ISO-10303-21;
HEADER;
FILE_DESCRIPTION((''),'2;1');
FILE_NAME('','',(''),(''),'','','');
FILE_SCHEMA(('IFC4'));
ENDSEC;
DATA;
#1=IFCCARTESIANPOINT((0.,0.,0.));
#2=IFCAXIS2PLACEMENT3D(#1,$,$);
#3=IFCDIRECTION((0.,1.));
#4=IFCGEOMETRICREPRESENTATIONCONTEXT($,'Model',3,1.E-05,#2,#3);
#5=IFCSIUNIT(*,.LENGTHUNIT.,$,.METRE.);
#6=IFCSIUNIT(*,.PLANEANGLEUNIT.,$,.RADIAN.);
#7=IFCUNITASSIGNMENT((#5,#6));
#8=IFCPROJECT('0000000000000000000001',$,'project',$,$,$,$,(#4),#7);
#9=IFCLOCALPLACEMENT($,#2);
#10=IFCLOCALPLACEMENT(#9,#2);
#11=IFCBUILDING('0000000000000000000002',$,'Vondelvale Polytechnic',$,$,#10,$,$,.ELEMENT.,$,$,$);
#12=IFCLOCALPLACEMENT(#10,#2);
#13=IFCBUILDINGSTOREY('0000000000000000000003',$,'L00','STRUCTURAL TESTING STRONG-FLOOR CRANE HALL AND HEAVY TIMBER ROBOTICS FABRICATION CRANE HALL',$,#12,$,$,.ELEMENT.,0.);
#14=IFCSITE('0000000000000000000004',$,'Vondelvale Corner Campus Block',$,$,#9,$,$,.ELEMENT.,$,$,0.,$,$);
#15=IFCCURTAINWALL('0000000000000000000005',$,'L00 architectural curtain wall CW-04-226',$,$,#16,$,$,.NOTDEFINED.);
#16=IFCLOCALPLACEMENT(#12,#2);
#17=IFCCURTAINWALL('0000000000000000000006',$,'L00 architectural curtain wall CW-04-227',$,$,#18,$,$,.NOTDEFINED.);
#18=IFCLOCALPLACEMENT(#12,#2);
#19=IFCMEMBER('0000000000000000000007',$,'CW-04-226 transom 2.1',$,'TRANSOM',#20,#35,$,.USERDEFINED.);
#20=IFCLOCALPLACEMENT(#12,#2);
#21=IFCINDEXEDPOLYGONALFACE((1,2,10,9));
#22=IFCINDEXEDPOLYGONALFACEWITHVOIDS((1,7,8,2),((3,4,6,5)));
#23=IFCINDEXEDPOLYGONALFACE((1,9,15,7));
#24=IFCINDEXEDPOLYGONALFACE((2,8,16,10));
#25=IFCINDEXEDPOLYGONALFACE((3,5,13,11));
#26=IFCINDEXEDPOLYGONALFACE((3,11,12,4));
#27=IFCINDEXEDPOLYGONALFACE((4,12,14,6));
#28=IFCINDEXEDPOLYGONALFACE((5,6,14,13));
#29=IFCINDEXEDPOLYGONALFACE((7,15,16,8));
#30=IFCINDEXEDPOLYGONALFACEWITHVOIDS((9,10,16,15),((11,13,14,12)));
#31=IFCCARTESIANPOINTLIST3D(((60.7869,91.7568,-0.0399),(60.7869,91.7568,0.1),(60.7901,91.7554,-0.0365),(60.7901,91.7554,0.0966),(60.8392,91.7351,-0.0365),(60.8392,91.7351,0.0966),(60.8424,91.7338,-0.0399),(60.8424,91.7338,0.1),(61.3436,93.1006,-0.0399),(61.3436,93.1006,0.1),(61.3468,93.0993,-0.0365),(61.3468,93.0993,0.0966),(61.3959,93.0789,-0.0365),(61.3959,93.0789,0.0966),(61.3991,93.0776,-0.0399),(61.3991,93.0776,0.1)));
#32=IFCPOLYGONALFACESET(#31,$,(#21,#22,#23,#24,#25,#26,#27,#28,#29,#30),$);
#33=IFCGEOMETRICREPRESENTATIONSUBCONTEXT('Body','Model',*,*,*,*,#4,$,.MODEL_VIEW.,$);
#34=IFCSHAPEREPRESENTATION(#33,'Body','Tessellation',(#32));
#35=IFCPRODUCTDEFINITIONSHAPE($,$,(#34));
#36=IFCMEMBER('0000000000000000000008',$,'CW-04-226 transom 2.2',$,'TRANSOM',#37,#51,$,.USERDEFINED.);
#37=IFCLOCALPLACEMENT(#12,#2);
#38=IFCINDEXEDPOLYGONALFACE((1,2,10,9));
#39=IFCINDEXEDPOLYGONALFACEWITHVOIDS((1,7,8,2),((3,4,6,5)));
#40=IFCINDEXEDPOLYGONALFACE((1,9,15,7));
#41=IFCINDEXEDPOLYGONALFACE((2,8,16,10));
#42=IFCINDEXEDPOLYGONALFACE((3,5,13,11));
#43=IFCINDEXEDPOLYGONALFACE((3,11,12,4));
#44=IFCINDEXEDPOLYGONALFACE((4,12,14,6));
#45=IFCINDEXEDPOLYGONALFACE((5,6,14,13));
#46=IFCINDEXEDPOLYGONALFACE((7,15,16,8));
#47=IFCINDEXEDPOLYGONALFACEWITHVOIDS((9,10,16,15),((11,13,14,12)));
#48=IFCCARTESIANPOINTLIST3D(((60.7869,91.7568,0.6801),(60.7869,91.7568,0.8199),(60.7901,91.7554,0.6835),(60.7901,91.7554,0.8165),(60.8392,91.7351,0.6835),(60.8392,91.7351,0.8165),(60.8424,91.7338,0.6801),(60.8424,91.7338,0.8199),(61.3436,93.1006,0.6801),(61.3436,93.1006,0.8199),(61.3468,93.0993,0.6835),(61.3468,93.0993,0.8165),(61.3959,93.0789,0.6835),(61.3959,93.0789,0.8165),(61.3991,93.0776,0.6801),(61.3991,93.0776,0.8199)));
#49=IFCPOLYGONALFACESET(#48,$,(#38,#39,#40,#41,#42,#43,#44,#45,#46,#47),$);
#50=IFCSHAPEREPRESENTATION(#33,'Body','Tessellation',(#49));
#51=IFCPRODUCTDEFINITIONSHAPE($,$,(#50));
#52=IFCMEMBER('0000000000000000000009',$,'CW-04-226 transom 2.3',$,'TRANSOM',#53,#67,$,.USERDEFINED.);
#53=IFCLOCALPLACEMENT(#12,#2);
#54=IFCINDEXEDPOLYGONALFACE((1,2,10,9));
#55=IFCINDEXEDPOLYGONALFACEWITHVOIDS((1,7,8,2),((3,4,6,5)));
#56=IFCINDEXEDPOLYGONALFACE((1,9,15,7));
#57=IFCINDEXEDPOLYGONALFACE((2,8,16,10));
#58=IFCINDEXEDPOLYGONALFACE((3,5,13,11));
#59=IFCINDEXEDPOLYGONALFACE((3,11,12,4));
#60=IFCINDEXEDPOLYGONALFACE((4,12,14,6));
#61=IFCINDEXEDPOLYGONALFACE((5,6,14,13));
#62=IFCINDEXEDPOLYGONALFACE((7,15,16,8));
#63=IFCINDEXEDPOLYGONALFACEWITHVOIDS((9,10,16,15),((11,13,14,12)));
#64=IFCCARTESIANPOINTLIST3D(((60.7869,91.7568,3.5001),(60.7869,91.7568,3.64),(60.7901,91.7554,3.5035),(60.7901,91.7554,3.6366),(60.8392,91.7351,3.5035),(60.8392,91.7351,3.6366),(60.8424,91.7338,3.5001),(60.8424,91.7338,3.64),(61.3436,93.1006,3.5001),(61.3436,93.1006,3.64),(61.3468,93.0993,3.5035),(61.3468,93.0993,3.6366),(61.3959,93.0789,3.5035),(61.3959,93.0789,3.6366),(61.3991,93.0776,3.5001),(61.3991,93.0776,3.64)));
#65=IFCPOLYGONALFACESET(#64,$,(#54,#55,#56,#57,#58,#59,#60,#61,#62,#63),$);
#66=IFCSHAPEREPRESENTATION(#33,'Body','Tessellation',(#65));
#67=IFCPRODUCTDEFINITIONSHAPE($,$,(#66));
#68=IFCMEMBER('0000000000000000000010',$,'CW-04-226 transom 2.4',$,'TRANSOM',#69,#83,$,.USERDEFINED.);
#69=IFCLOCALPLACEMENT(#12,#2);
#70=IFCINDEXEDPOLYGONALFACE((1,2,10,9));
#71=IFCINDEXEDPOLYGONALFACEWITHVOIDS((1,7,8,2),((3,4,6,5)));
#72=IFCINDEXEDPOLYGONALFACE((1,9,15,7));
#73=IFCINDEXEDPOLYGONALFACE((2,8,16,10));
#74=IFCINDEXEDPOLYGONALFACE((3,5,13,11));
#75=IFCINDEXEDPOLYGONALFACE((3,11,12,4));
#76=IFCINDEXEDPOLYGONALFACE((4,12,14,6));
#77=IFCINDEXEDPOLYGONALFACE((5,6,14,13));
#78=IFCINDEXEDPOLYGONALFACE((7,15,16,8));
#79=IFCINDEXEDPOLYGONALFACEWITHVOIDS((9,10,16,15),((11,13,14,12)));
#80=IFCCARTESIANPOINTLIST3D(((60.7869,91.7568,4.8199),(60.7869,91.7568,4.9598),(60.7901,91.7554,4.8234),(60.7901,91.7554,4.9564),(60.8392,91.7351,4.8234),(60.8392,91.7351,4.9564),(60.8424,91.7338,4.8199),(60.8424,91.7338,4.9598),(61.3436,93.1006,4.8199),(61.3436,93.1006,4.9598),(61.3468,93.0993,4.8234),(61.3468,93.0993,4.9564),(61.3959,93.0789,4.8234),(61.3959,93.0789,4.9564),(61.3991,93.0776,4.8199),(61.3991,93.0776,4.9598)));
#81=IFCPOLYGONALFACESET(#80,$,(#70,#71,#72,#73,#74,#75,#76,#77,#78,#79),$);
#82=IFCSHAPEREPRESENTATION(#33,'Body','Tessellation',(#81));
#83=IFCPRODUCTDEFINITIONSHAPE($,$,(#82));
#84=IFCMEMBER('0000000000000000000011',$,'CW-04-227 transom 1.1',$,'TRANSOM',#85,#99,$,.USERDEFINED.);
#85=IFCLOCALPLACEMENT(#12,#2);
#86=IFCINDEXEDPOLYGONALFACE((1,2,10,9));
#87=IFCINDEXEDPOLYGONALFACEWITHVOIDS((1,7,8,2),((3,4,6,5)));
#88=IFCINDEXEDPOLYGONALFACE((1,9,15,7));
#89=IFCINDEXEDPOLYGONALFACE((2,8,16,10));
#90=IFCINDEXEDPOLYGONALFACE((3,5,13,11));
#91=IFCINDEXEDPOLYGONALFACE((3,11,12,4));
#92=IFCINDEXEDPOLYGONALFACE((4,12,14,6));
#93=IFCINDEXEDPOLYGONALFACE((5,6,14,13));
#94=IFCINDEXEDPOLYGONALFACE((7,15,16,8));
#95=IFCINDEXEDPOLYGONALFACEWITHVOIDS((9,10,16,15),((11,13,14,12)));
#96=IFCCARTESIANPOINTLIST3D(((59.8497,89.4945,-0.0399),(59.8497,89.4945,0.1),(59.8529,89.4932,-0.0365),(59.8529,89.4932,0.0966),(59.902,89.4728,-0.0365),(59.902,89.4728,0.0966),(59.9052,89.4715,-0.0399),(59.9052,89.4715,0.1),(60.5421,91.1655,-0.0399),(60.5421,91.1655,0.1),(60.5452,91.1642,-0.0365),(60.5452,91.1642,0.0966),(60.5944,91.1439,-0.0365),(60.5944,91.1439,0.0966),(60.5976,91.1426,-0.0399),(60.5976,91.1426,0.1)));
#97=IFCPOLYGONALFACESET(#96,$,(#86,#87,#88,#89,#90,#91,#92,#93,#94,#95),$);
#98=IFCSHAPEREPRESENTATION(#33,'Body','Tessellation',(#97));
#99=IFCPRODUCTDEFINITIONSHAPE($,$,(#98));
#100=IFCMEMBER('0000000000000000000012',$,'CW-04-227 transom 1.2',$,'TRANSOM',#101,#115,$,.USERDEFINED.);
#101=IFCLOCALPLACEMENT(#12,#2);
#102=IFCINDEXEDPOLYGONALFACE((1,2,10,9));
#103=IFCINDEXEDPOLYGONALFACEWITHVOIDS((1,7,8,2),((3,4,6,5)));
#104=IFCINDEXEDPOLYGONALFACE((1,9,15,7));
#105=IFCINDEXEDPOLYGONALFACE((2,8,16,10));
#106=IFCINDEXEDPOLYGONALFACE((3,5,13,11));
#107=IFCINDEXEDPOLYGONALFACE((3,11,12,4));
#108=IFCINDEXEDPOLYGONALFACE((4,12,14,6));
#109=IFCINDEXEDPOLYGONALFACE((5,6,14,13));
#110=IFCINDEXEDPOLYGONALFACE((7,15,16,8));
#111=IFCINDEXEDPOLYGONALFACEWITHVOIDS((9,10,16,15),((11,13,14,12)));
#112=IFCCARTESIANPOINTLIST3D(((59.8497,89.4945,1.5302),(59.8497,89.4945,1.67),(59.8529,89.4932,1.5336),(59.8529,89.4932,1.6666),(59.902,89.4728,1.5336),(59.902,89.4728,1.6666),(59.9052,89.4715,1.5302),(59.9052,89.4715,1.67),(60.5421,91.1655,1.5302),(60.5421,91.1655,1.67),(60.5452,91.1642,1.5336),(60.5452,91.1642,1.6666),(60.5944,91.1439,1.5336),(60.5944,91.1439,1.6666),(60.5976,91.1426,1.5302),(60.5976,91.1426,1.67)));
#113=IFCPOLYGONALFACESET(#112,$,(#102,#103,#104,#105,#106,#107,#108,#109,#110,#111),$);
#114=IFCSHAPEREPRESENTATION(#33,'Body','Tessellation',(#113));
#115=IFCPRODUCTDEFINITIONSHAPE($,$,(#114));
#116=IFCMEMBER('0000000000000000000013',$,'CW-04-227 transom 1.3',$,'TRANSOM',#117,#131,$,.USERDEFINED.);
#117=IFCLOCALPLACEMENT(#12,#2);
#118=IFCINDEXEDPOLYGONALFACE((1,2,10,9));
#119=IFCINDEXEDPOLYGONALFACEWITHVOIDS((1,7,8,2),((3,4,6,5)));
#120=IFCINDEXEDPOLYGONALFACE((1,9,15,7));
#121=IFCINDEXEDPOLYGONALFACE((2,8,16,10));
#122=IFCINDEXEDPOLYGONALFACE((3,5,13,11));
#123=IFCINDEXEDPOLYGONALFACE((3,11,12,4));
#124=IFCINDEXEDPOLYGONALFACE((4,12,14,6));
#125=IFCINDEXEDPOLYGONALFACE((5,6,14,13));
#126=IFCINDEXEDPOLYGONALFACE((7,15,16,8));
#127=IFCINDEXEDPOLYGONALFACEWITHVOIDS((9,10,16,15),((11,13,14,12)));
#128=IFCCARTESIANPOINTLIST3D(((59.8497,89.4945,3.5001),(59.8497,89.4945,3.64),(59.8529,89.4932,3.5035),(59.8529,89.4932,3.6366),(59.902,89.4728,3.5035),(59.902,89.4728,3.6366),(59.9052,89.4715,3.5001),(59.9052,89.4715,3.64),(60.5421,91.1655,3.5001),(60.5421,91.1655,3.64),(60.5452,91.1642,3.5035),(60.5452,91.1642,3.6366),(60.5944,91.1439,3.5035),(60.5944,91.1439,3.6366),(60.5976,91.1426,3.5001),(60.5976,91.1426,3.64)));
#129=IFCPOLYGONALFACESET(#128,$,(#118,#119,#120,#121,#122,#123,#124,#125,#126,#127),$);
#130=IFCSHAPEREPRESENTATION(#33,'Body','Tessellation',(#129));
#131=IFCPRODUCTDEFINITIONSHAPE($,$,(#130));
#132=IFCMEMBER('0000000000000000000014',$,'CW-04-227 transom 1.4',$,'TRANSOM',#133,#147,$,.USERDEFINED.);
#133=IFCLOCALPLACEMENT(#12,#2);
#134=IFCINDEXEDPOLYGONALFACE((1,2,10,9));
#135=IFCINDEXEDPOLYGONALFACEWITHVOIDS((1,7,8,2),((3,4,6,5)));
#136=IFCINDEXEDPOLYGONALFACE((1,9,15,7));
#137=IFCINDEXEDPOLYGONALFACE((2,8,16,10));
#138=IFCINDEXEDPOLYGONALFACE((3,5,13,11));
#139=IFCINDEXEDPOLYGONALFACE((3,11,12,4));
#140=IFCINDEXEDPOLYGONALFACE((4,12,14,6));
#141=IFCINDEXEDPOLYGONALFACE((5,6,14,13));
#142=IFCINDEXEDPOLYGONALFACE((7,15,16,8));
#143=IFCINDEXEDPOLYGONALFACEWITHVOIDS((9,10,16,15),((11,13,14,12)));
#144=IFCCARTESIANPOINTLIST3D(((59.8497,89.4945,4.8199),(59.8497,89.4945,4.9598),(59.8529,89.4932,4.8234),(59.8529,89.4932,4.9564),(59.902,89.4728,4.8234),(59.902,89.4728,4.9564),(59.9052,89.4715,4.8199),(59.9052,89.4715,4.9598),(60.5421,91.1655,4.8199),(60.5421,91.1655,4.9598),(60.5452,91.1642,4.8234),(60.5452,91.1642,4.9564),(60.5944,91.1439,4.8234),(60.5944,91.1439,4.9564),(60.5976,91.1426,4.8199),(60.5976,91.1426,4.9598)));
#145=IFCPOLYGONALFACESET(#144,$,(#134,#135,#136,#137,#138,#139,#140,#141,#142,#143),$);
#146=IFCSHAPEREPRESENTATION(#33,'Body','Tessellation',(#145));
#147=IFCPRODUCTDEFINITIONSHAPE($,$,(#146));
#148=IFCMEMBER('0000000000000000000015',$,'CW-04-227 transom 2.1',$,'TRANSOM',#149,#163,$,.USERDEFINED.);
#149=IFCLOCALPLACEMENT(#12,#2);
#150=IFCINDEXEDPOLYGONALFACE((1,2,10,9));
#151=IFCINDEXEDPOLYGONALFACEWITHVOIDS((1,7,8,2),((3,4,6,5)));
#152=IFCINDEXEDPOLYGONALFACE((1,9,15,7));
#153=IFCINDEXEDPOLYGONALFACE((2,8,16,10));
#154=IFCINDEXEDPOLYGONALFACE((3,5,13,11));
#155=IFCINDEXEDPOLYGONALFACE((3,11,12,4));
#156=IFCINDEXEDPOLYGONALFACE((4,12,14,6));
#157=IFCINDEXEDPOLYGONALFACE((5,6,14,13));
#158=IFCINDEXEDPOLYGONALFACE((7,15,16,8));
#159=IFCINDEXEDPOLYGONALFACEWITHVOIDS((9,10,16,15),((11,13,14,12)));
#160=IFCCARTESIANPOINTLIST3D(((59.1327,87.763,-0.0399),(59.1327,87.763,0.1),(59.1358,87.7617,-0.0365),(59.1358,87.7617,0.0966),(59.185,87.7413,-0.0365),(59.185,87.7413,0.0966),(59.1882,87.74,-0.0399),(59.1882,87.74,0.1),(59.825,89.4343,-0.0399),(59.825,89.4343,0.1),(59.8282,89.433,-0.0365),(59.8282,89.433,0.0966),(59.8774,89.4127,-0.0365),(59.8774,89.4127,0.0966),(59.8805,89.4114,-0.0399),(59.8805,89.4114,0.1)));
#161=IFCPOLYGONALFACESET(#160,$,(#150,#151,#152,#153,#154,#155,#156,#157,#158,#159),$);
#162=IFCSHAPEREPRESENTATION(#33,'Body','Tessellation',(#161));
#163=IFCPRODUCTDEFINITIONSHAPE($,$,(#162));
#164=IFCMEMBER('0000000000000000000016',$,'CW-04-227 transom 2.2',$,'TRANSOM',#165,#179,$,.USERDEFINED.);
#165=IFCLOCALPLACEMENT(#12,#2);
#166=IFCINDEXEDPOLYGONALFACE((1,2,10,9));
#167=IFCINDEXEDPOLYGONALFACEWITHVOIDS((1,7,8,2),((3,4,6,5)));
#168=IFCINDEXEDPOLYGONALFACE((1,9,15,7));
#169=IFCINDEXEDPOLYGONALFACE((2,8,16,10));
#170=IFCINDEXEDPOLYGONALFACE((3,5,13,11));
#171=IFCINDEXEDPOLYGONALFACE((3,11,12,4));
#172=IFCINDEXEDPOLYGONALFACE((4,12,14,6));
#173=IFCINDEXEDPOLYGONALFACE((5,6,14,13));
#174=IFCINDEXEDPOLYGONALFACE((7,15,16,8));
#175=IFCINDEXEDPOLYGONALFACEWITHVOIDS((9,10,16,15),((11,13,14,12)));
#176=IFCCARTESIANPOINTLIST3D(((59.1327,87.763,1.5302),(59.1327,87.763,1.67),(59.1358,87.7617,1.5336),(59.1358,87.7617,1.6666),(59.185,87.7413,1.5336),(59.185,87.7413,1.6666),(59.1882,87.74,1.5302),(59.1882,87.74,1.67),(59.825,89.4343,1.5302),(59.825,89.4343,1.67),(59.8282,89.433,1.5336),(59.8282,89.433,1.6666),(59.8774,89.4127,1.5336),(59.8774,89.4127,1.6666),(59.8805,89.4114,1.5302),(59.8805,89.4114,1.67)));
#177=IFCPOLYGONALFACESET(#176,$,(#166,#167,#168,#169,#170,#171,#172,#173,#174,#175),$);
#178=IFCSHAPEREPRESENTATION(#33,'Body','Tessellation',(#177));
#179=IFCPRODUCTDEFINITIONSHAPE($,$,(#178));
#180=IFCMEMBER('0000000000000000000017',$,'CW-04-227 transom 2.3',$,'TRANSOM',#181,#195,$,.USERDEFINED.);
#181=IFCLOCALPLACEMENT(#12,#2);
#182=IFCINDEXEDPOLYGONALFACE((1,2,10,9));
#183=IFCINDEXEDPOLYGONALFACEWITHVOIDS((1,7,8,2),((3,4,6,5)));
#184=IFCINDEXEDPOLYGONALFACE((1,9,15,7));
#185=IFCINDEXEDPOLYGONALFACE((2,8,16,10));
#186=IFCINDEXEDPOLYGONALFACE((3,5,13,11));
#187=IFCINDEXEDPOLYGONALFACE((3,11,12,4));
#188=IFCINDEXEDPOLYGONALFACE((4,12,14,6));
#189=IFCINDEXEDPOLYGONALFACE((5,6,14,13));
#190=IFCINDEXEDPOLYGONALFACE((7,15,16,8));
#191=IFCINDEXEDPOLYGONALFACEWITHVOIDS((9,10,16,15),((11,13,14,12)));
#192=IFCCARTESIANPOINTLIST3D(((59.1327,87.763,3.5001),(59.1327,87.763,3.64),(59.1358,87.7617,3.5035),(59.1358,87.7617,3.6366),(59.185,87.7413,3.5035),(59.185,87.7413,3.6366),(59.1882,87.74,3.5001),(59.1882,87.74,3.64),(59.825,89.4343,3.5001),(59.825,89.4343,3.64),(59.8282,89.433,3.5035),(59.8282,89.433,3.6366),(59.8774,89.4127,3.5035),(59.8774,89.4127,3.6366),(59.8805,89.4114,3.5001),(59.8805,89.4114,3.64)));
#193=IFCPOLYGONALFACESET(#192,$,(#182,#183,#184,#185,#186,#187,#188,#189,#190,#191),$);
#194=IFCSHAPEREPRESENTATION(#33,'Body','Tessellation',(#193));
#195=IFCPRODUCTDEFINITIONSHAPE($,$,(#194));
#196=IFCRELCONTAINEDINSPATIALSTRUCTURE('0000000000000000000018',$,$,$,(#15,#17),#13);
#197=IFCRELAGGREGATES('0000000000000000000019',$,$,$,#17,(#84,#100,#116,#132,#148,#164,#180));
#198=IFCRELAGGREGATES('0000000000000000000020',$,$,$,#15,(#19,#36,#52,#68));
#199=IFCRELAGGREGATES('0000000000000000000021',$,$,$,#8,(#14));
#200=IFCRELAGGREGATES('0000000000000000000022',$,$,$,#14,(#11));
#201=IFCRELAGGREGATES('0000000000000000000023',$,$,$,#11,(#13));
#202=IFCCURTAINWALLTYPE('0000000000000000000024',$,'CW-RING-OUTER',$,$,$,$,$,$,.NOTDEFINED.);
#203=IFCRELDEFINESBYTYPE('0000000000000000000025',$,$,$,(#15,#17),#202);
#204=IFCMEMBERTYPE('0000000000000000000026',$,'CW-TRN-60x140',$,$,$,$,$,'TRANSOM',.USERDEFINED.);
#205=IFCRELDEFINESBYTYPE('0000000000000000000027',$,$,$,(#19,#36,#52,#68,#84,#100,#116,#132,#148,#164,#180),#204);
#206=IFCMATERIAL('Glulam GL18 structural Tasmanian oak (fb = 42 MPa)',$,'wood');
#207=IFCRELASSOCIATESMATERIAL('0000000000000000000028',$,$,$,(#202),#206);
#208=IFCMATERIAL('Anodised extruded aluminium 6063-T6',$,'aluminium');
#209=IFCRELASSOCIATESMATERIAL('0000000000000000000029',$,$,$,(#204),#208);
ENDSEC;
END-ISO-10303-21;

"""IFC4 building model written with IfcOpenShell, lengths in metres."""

from ifc_helpers import new_model, si_unit, direction, frame, origin, origin_2d, place, context, subcontext, project, spatial, hollow_rectangle, extrude, material, material_profile, profile_set, type_object, element, aggregate, save


model = new_model("IFC4")

# Units and contexts
model_context = context("Model", 3, precision=1e-05, world=origin(), true_north=direction((0.0, 1.0)))
body_context = subcontext(model_context, "Body", "Model", "MODEL_VIEW")
ifc_project = project(units=[si_unit("LENGTHUNIT", "METRE"), si_unit("PLANEANGLEUNIT", "RADIAN")], contexts=[model_context])

# Site, building, storey
site_placement = place(None, origin())
site = spatial("IfcSite", under=ifc_project, at=site_placement, Name="Vondelvale Corner Campus Block", CompositionType="ELEMENT", RefElevation=0.0)
building_placement = place(site_placement, origin())
building = spatial("IfcBuilding", under=site, at=building_placement, Name="Vondelvale Polytechnic", CompositionType="ELEMENT")
storey_placement = place(building_placement, origin())
storey = spatial("IfcBuildingStorey", under=building, at=storey_placement, Name="L00", Description="STRUCTURAL TESTING STRONG-FLOOR CRANE HALL AND HEAVY TIMBER ROBOTICS FABRICATION CRANE HALL", CompositionType="ELEMENT", Elevation=0.0)

# Shared definitions
ifc_material_1 = material(Name="Glulam GL18 structural Tasmanian oak (fb = 42 MPa)", Category="wood")

# Curtain walls
curtain_wall_type = type_object("IfcCurtainWallType", Name="CW-RING-OUTER", PredefinedType="NOTDEFINED", material=ifc_material_1)
curtain_wall_1_placement = place(storey_placement, origin())
curtain_wall_1 = element("IfcCurtainWall", 1, at=curtain_wall_1_placement, inside=storey, type_object=curtain_wall_type, Name="L00 architectural curtain wall CW-04-226", PredefinedType="NOTDEFINED")
ifc_material_2 = material(Name="Anodised extruded aluminium 6063-T6", Category="aluminium")
curtain_wall_2_placement = place(storey_placement, origin())
curtain_wall_2 = element("IfcCurtainWall", 2, at=curtain_wall_2_placement, inside=storey, type_object=curtain_wall_type, Name="L00 architectural curtain wall CW-04-227", PredefinedType="NOTDEFINED")

# Members
ifc_material_profile_1 = material_profile(ifc_material_2, hollow_rectangle(XDim=0.0601, YDim=0.1399, WallThickness=0.0034, at=origin_2d()), Name="CW-TRN-140x60")
ifc_profile_set_1 = profile_set([ifc_material_profile_1], Name="Anodised extruded aluminium 6063-T6")
member_type_1 = type_object("IfcMemberType", Name="CW-TRN-60x140", ElementType="TRANSOM", PredefinedType="USERDEFINED", material=ifc_profile_set_1)
member_1_placement = place(storey_placement, frame((61.3713, 93.0891, 0.03), z_axis=(-0.382708, -0.92387, 0.0), x_axis=(0.92387, -0.382708, 0.0)))
member_1 = element("IfcMember", 3, at=member_1_placement, type_object=member_type_1, Name="CW-04-226 transom 2.1", ObjectType="TRANSOM", PredefinedType="USERDEFINED", context=body_context, shape_type="SweptSolid", body=[
    extrude(hollow_rectangle(XDim=0.0601, YDim=0.1399, WallThickness=0.0034, at=origin_2d()), origin(), (0.0, 0.0, 1.0), 1.4546),
])
member_2_placement = place(storey_placement, frame((61.3713, 93.0891, 0.75), z_axis=(-0.382708, -0.92387, 0.0), x_axis=(0.92387, -0.382708, 0.0)))
member_2 = element("IfcMember", 4, at=member_2_placement, type_object=member_type_1, Name="CW-04-226 transom 2.2", ObjectType="TRANSOM", PredefinedType="USERDEFINED", context=body_context, shape_type="SweptSolid", body=[
    extrude(hollow_rectangle(XDim=0.0601, YDim=0.1399, WallThickness=0.0034, at=origin_2d()), origin(), (0.0, 0.0, 1.0), 1.4546),
])
member_3_placement = place(storey_placement, frame((61.3713, 93.0891, 3.5701), z_axis=(-0.382708, -0.92387, 0.0), x_axis=(0.92387, -0.382708, 0.0)))
member_3 = element("IfcMember", 5, at=member_3_placement, type_object=member_type_1, Name="CW-04-226 transom 2.3", ObjectType="TRANSOM", PredefinedType="USERDEFINED", context=body_context, shape_type="SweptSolid", body=[
    extrude(hollow_rectangle(XDim=0.0601, YDim=0.1399, WallThickness=0.0034, at=origin_2d()), origin(), (0.0, 0.0, 1.0), 1.4546),
])
member_4_placement = place(storey_placement, frame((61.3713, 93.0891, 4.8899), z_axis=(-0.382708, -0.92387, 0.0), x_axis=(0.92387, -0.382708, 0.0)))
member_4 = element("IfcMember", 6, at=member_4_placement, type_object=member_type_1, Name="CW-04-226 transom 2.4", ObjectType="TRANSOM", PredefinedType="USERDEFINED", context=body_context, shape_type="SweptSolid", body=[
    extrude(hollow_rectangle(XDim=0.0601, YDim=0.1399, WallThickness=0.0034, at=origin_2d()), origin(), (0.0, 0.0, 1.0), 1.4546),
])
member_5_placement = place(storey_placement, frame((60.5698, 91.1541, 0.03), z_axis=(-0.382765, -0.923846, 0.0), x_axis=(0.923846, -0.382765, 0.0)))
member_5 = element("IfcMember", 7, at=member_5_placement, type_object=member_type_1, Name="CW-04-227 transom 1.1", ObjectType="TRANSOM", PredefinedType="USERDEFINED", context=body_context, shape_type="SweptSolid", body=[
    extrude(hollow_rectangle(XDim=0.0601, YDim=0.1399, WallThickness=0.0034, at=origin_2d()), origin(), (0.0, 0.0, 1.0), 1.8088),
])
member_6_placement = place(storey_placement, frame((60.5698, 91.1541, 1.6001), z_axis=(-0.382765, -0.923846, 0.0), x_axis=(0.923846, -0.382765, 0.0)))
member_6 = element("IfcMember", 8, at=member_6_placement, type_object=member_type_1, Name="CW-04-227 transom 1.2", ObjectType="TRANSOM", PredefinedType="USERDEFINED", context=body_context, shape_type="SweptSolid", body=[
    extrude(hollow_rectangle(XDim=0.0601, YDim=0.1399, WallThickness=0.0034, at=origin_2d()), origin(), (0.0, 0.0, 1.0), 1.8088),
])
member_7_placement = place(storey_placement, frame((60.5698, 91.1541, 3.5701), z_axis=(-0.382765, -0.923846, 0.0), x_axis=(0.923846, -0.382765, 0.0)))
member_7 = element("IfcMember", 9, at=member_7_placement, type_object=member_type_1, Name="CW-04-227 transom 1.3", ObjectType="TRANSOM", PredefinedType="USERDEFINED", context=body_context, shape_type="SweptSolid", body=[
    extrude(hollow_rectangle(XDim=0.0601, YDim=0.1399, WallThickness=0.0034, at=origin_2d()), origin(), (0.0, 0.0, 1.0), 1.8088),
])
member_8_placement = place(storey_placement, frame((60.5698, 91.1541, 4.8899), z_axis=(-0.382765, -0.923846, 0.0), x_axis=(0.923846, -0.382765, 0.0)))
member_8 = element("IfcMember", 10, at=member_8_placement, type_object=member_type_1, Name="CW-04-227 transom 1.4", ObjectType="TRANSOM", PredefinedType="USERDEFINED", context=body_context, shape_type="SweptSolid", body=[
    extrude(hollow_rectangle(XDim=0.0601, YDim=0.1399, WallThickness=0.0034, at=origin_2d()), origin(), (0.0, 0.0, 1.0), 1.8088),
])
member_9_placement = place(storey_placement, frame((59.8528, 89.4229, 0.03), z_axis=(-0.382717, -0.923866, 0.0), x_axis=(0.923866, -0.382717, 0.0)))
member_9 = element("IfcMember", 11, at=member_9_placement, type_object=member_type_1, Name="CW-04-227 transom 2.1", ObjectType="TRANSOM", PredefinedType="USERDEFINED", context=body_context, shape_type="SweptSolid", body=[
    extrude(hollow_rectangle(XDim=0.0601, YDim=0.1399, WallThickness=0.0034, at=origin_2d()), origin(), (0.0, 0.0, 1.0), 1.8091),
])
member_10_placement = place(storey_placement, frame((59.8528, 89.4229, 1.6001), z_axis=(-0.382717, -0.923866, 0.0), x_axis=(0.923866, -0.382717, 0.0)))
member_10 = element("IfcMember", 12, at=member_10_placement, type_object=member_type_1, Name="CW-04-227 transom 2.2", ObjectType="TRANSOM", PredefinedType="USERDEFINED", context=body_context, shape_type="SweptSolid", body=[
    extrude(hollow_rectangle(XDim=0.0601, YDim=0.1399, WallThickness=0.0034, at=origin_2d()), origin(), (0.0, 0.0, 1.0), 1.8091),
])
member_11_placement = place(storey_placement, frame((59.8528, 89.4229, 3.5701), z_axis=(-0.382717, -0.923866, 0.0), x_axis=(0.923866, -0.382717, 0.0)))
member_11 = element("IfcMember", 13, at=member_11_placement, type_object=member_type_1, Name="CW-04-227 transom 2.3", ObjectType="TRANSOM", PredefinedType="USERDEFINED", context=body_context, shape_type="SweptSolid", body=[
    extrude(hollow_rectangle(XDim=0.0601, YDim=0.1399, WallThickness=0.0034, at=origin_2d()), origin(), (0.0, 0.0, 1.0), 1.8091),
])

aggregate(curtain_wall_2, [member_5, member_6, member_7, member_8, member_9, member_10, member_11])
aggregate(curtain_wall_1, [member_1, member_2, member_3, member_4])

save(model, "model.ifc")
